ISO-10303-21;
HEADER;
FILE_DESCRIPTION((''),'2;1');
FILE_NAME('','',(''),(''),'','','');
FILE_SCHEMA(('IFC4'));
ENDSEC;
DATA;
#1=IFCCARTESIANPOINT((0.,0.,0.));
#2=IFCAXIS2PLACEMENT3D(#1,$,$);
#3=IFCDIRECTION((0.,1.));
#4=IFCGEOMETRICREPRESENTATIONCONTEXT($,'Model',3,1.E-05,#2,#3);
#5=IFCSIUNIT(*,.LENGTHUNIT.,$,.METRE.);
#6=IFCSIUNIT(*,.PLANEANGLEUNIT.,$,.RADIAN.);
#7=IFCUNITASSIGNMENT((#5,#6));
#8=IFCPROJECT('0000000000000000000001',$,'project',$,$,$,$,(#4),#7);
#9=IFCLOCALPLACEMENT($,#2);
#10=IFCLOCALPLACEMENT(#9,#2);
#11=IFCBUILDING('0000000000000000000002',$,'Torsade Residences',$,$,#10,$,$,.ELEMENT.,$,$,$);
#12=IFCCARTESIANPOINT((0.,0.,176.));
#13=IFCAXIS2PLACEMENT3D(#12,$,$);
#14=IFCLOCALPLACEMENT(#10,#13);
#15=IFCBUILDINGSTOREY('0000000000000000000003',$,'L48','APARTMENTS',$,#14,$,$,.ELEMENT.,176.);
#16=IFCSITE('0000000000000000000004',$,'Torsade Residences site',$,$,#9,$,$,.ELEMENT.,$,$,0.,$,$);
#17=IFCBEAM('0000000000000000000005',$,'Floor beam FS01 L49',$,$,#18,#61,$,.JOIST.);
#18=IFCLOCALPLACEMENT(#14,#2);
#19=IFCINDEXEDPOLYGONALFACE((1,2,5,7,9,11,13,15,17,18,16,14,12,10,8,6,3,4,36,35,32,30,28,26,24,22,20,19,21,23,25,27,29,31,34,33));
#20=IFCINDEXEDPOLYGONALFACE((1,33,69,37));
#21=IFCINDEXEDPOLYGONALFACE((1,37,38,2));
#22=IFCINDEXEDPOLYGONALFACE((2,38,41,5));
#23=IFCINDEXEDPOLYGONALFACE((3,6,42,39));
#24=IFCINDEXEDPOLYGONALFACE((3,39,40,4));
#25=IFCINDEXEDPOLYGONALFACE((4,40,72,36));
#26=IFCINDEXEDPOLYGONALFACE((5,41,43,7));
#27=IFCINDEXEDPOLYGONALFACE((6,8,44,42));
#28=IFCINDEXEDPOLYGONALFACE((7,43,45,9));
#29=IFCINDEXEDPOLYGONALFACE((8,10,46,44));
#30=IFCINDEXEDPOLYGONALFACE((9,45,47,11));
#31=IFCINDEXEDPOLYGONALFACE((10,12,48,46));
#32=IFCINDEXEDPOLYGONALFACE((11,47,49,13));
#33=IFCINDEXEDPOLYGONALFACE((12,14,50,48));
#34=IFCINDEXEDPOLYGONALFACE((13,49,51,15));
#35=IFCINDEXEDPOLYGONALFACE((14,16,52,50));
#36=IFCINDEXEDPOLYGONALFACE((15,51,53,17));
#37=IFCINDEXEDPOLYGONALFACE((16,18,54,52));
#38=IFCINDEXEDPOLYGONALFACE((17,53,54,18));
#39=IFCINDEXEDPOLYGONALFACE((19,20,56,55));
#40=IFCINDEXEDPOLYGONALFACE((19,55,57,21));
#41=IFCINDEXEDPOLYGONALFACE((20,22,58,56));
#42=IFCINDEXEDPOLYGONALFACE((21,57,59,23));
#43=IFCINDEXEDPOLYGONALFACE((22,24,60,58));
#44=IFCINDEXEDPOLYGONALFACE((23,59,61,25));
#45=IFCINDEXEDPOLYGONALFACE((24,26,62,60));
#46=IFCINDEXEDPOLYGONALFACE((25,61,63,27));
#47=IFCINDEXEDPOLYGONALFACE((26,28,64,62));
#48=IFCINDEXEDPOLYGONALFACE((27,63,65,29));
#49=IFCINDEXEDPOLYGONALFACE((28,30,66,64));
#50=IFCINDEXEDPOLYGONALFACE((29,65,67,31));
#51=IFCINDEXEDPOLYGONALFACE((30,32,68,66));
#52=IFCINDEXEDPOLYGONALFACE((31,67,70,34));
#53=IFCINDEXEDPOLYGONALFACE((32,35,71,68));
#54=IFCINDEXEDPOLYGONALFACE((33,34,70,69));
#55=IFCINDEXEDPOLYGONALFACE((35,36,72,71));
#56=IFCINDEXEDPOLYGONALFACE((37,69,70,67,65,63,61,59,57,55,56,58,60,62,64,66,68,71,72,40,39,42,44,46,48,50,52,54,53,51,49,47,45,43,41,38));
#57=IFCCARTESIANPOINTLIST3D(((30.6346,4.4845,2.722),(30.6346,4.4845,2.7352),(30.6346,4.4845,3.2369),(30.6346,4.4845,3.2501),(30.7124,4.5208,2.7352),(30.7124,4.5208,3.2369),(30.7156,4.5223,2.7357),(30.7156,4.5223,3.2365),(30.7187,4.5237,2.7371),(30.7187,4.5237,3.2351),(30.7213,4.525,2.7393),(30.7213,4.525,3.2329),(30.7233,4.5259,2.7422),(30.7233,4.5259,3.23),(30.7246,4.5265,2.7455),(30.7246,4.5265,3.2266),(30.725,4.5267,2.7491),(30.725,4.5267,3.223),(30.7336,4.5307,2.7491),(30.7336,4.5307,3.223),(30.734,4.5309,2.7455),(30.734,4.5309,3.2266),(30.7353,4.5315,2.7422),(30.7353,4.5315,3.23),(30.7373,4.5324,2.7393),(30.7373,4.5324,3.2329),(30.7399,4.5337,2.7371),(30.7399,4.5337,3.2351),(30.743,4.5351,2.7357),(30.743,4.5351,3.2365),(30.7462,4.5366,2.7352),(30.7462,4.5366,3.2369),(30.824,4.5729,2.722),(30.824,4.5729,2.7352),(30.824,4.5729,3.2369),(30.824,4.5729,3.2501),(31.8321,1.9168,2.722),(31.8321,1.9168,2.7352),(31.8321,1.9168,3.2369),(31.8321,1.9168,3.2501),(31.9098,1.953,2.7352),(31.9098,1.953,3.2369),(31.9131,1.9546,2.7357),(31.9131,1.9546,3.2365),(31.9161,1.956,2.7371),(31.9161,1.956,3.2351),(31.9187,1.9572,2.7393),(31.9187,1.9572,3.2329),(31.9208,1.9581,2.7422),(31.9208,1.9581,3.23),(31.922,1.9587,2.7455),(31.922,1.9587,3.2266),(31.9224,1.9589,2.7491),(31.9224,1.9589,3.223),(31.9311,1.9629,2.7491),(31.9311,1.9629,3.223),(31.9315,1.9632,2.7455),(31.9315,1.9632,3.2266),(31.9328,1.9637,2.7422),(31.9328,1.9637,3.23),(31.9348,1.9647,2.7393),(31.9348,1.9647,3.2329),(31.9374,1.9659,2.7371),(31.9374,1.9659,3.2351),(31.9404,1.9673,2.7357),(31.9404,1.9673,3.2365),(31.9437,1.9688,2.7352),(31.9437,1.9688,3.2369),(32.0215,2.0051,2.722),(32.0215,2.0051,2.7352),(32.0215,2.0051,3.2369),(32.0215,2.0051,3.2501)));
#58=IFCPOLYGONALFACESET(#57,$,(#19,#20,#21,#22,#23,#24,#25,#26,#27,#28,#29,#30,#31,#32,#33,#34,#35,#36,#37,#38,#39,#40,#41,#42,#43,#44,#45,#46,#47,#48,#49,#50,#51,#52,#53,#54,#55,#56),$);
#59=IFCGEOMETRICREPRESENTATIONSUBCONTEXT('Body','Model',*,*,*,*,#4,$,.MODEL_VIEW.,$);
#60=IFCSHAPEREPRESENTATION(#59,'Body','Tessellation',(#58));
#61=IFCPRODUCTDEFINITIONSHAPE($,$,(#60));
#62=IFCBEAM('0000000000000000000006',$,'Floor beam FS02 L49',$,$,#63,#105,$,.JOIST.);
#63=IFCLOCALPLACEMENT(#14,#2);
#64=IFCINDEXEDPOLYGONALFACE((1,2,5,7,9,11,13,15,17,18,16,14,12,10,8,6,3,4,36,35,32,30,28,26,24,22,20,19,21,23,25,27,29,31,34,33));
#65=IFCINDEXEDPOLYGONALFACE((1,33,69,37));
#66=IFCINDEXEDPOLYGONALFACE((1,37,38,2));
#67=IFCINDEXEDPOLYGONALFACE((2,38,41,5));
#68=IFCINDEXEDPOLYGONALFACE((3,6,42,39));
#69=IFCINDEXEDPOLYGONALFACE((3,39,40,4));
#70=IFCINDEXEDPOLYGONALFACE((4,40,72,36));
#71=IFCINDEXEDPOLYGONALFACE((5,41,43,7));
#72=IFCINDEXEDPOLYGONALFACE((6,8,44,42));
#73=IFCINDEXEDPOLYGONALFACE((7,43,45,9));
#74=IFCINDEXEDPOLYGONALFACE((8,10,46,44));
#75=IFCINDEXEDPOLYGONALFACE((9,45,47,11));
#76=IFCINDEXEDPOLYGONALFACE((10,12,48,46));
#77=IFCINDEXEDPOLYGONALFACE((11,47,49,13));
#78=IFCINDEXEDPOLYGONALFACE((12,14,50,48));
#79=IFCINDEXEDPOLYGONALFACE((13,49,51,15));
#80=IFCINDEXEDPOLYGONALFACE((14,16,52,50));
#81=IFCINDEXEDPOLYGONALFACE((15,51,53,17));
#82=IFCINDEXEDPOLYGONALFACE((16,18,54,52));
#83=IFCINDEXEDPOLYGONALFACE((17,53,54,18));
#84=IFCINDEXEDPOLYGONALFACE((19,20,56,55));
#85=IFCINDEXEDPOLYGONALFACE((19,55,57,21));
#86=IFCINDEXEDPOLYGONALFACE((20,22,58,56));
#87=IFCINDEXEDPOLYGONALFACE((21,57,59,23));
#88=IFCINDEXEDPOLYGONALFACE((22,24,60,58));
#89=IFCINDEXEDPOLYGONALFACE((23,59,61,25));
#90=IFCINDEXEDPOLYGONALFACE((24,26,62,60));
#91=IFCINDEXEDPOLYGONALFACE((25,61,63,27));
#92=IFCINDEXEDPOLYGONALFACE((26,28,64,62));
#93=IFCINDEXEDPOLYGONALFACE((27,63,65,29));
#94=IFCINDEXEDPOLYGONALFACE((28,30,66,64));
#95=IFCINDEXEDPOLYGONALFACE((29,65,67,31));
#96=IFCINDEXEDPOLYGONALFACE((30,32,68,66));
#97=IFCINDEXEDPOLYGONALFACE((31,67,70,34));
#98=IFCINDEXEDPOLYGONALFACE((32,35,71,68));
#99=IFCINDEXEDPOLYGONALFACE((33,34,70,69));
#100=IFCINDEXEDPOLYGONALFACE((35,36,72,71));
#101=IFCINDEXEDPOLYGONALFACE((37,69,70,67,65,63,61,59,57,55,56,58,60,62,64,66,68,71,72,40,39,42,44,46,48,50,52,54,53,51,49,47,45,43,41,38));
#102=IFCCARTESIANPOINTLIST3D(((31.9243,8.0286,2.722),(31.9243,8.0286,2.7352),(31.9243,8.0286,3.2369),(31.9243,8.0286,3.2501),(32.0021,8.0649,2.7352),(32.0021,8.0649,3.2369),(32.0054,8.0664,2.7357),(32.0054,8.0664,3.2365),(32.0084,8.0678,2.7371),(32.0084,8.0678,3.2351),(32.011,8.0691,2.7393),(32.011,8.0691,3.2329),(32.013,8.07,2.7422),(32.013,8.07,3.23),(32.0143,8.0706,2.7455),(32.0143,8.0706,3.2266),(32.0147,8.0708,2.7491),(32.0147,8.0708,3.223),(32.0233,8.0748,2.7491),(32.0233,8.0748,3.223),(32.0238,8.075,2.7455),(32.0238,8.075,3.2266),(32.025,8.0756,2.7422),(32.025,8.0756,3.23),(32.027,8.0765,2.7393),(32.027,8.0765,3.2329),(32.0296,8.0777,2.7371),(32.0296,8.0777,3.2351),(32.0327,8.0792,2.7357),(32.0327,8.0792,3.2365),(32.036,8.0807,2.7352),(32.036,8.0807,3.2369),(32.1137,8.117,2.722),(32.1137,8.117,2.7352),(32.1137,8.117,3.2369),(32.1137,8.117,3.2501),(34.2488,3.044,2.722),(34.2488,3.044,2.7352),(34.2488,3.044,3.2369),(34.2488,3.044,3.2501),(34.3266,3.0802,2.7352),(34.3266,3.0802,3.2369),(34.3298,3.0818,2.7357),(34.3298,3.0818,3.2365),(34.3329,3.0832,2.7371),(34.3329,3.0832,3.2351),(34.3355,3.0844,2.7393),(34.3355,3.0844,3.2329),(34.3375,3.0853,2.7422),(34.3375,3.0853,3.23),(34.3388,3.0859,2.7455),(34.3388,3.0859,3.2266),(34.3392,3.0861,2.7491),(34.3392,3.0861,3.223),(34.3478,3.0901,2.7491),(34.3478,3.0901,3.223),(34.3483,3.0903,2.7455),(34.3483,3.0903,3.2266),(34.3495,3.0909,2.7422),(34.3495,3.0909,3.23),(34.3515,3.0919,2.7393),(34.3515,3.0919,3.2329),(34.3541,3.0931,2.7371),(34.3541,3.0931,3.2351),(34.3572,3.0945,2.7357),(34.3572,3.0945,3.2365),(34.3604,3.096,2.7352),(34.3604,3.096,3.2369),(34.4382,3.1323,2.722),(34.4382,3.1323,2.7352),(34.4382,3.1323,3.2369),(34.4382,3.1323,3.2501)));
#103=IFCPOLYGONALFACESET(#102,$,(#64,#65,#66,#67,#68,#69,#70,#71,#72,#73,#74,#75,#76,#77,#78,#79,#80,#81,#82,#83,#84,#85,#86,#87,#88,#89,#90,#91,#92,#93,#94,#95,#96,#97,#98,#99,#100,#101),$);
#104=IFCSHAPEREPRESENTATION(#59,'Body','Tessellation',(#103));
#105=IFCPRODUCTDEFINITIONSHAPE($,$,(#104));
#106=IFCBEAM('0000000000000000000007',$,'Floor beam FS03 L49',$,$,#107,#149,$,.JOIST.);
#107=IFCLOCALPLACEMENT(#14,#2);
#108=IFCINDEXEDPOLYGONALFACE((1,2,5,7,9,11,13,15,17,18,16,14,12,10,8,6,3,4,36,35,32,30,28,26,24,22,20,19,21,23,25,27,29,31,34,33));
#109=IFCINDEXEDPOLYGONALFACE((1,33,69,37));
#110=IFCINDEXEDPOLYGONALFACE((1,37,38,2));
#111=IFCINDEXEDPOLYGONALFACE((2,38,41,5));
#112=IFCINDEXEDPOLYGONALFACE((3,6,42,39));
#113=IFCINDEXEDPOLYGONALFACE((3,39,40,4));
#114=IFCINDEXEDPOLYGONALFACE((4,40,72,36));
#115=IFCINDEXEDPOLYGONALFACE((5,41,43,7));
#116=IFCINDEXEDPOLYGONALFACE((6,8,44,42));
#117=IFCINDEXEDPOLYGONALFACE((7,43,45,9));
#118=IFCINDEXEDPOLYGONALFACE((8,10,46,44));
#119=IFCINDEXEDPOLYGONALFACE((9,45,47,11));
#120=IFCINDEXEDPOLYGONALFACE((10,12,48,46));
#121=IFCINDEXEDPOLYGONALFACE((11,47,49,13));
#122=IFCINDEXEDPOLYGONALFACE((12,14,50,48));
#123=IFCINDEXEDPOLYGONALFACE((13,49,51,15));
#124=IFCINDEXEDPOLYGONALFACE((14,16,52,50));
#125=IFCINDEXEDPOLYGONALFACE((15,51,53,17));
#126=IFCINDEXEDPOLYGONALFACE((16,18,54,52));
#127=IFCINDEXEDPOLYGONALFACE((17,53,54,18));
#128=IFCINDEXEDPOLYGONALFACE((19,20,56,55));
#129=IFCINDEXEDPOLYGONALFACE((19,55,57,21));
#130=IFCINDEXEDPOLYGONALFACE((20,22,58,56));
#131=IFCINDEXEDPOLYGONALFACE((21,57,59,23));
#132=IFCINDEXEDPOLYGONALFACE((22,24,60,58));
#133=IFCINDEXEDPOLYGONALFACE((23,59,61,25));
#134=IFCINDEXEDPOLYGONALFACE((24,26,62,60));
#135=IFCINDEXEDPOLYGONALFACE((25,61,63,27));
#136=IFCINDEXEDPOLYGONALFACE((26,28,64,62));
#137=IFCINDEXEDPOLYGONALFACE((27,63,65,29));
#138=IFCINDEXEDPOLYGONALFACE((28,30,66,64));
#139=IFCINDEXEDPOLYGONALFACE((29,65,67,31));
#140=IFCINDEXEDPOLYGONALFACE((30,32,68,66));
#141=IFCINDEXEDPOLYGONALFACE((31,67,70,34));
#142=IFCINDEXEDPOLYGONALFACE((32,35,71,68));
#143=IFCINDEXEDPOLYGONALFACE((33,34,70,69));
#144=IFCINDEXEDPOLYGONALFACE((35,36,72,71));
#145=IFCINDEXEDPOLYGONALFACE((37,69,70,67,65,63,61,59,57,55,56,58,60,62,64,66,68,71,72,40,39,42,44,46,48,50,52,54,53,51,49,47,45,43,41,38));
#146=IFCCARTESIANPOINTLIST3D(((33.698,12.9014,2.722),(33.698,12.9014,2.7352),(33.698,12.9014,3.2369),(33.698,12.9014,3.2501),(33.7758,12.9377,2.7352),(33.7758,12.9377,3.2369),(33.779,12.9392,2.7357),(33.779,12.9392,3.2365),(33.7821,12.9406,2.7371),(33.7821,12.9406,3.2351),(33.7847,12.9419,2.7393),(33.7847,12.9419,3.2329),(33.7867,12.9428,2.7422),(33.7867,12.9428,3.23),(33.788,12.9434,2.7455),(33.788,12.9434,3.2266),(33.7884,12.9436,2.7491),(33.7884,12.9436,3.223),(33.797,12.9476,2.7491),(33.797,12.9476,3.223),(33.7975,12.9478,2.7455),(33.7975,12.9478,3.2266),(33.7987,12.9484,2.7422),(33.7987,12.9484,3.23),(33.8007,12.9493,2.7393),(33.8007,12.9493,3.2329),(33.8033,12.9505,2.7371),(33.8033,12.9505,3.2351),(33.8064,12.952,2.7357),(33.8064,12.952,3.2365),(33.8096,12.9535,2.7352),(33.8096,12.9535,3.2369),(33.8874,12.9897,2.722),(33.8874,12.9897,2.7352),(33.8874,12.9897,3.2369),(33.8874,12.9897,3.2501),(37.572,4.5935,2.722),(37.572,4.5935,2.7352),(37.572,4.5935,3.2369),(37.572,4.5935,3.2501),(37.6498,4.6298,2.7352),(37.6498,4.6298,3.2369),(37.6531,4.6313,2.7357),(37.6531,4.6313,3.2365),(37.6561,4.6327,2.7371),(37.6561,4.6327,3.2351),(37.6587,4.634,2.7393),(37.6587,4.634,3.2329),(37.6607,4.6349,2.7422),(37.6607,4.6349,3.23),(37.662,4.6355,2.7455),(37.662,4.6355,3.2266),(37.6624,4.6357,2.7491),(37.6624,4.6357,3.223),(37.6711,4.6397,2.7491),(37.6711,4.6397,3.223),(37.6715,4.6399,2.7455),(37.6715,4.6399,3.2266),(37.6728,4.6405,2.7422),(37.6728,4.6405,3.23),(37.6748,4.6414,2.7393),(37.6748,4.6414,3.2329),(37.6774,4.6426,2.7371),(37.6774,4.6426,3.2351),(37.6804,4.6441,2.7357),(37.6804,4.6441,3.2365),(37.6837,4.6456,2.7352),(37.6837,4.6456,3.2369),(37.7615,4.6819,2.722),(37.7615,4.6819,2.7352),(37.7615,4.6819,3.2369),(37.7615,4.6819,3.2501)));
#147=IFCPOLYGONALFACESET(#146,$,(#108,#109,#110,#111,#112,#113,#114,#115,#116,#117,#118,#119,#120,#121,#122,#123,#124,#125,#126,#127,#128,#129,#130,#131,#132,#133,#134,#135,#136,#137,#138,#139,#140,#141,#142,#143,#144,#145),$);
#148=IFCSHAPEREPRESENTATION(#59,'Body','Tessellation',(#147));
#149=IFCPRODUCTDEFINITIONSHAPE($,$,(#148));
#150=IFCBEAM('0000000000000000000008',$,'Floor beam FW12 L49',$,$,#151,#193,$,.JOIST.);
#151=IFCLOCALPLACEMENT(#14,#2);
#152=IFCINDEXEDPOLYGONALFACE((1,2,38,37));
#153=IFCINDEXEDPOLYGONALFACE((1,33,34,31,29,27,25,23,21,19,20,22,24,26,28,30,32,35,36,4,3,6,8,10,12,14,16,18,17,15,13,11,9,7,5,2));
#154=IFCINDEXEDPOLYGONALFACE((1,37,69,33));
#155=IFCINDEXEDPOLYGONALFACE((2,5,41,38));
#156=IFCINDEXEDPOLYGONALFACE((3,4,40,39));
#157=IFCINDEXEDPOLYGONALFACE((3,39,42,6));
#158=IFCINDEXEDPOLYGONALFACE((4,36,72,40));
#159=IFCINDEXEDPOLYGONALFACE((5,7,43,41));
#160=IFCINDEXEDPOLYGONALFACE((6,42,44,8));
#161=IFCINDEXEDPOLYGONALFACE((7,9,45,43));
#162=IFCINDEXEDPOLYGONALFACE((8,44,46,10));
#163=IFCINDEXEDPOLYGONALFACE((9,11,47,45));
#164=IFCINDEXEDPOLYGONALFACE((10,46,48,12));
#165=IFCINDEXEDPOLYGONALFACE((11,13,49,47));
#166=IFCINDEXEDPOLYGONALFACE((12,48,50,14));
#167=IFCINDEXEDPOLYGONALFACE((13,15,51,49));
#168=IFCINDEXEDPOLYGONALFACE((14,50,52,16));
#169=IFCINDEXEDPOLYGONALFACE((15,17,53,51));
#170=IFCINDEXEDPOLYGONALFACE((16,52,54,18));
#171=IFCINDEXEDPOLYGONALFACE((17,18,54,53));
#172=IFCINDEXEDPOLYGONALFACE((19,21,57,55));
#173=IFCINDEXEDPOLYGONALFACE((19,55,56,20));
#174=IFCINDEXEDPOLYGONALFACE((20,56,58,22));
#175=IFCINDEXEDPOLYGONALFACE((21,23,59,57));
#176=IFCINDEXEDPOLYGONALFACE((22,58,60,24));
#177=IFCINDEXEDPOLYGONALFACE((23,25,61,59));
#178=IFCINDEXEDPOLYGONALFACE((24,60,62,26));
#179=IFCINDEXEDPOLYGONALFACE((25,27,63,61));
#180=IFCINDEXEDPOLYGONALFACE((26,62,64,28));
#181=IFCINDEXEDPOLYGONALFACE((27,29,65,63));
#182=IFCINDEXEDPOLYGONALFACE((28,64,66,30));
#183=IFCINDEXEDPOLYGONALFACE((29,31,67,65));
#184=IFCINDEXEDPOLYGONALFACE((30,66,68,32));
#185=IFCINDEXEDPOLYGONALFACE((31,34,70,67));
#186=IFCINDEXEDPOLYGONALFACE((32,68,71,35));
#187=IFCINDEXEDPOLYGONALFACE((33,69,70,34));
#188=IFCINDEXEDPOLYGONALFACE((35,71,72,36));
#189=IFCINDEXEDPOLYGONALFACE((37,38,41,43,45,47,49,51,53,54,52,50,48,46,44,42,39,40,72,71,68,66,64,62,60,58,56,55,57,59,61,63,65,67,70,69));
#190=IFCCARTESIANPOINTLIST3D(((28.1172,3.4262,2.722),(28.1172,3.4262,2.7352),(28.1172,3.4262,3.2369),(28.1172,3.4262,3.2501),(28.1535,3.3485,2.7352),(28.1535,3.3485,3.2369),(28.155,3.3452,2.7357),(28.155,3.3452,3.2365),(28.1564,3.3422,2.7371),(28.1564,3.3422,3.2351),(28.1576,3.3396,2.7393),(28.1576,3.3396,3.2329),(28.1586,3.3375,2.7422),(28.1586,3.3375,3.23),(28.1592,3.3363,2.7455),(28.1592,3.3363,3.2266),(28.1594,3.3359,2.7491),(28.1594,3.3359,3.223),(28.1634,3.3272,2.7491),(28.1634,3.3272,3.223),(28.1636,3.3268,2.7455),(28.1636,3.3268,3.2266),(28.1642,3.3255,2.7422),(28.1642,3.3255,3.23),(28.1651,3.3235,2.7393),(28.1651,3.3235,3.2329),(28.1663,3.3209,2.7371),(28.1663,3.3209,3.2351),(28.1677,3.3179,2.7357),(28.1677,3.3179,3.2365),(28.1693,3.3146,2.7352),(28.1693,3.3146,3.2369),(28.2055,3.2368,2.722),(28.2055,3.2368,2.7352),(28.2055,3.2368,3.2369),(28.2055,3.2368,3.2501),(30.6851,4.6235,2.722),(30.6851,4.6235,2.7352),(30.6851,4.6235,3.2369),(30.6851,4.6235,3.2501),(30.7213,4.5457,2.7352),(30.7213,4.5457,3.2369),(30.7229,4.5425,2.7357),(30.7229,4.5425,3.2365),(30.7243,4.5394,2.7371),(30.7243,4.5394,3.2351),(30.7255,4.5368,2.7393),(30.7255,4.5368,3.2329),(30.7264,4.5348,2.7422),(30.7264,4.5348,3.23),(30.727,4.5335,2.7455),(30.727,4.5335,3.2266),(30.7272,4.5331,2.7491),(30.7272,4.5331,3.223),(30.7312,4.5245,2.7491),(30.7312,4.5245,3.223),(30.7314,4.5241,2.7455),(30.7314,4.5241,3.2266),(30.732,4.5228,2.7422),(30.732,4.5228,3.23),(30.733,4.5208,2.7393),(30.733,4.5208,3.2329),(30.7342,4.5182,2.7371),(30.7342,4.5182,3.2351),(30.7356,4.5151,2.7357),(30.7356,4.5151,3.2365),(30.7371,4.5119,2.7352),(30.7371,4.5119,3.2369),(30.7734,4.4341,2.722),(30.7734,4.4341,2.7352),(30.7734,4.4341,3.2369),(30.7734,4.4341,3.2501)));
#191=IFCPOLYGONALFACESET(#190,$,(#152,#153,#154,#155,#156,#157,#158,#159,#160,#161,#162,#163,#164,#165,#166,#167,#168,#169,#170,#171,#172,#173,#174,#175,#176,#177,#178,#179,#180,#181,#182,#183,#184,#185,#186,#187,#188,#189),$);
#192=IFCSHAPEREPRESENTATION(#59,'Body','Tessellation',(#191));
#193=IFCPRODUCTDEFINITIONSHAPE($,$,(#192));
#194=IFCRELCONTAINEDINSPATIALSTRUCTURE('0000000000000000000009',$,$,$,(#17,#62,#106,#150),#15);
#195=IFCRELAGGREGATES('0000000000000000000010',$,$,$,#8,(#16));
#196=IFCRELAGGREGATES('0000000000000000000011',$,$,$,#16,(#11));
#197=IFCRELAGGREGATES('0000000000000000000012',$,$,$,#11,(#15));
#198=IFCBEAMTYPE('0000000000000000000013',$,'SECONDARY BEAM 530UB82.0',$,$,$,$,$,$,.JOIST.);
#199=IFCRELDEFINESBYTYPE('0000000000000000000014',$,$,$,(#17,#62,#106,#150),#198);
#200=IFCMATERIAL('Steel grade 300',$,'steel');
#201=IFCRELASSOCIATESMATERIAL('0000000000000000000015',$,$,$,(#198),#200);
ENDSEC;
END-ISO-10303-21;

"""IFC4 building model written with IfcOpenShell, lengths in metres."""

from ifc_helpers import new_model, si_unit, direction, frame, origin, origin_2d, place, context, subcontext, project, spatial, i_section, extrude, material, material_profile, profile_set, type_object, element, save


model = new_model("IFC4")

# Units and contexts
model_context = context("Model", 3, precision=1e-05, world=origin(), true_north=direction((0.0, 1.0)))
body_context = subcontext(model_context, "Body", "Model", "MODEL_VIEW")
ifc_project = project(units=[si_unit("LENGTHUNIT", "METRE"), si_unit("PLANEANGLEUNIT", "RADIAN")], contexts=[model_context])

# Site, building, storey
site_placement = place(None, origin())
site = spatial("IfcSite", under=ifc_project, at=site_placement, Name="Torsade Residences site", CompositionType="ELEMENT", RefElevation=0.0)
building_placement = place(site_placement, origin())
building = spatial("IfcBuilding", under=site, at=building_placement, Name="Torsade Residences", CompositionType="ELEMENT")
storey_placement = place(building_placement, frame((0.0, 0.0, 176.0)))
storey = spatial("IfcBuildingStorey", under=building, at=storey_placement, Name="L48", Description="APARTMENTS", CompositionType="ELEMENT", Elevation=176.0)

# Beams
ifc_material_1 = material(Name="Steel grade 300", Category="steel")
ifc_material_profile_1 = material_profile(ifc_material_1, i_section(OverallWidth=0.209, OverallDepth=0.5281, WebThickness=0.0095, FlangeThickness=0.0132, FilletRadius=0.0139, at=origin_2d()), Name="530UB82.0")
ifc_profile_set_1 = profile_set([ifc_material_profile_1], Name="Steel grade 300")
beam_type_1 = type_object("IfcBeamType", Name="SECONDARY BEAM 530UB82.0", PredefinedType="JOIST", material=ifc_profile_set_1)
beam_1_placement = place(storey_placement, frame((31.9268, 1.9609, 2.9861), z_axis=(-0.422645, 0.906295, 0.0), x_axis=(-0.906295, -0.422645, 0.0)))
element("IfcBeam", 1, at=beam_1_placement, inside=storey, type_object=beam_type_1, Name="Floor beam FS01 L49", PredefinedType="JOIST", context=body_context, shape_type="SweptSolid", body=[
    extrude(i_section(OverallWidth=0.209, OverallDepth=0.5281, WebThickness=0.0095, FlangeThickness=0.0132, FilletRadius=0.0139, at=origin_2d()), origin(), (0.0, 0.0, 1.0), 2.8333),
])
beam_2_placement = place(storey_placement, frame((34.3435, 3.0881, 2.9861), z_axis=(-0.422633, 0.906301, 0.0), x_axis=(-0.906301, -0.422633, 0.0)))
element("IfcBeam", 2, at=beam_2_placement, inside=storey, type_object=beam_type_1, Name="Floor beam FS02 L49", PredefinedType="JOIST", context=body_context, shape_type="SweptSolid", body=[
    extrude(i_section(OverallWidth=0.209, OverallDepth=0.5281, WebThickness=0.0095, FlangeThickness=0.0132, FilletRadius=0.0139, at=origin_2d()), origin(), (0.0, 0.0, 1.0), 5.5),
])
beam_3_placement = place(storey_placement, frame((37.6667, 4.6377, 2.9861), z_axis=(-0.422619, 0.906308, 0.0), x_axis=(-0.906308, -0.422619, 0.0)))
element("IfcBeam", 3, at=beam_3_placement, inside=storey, type_object=beam_type_1, Name="Floor beam FS03 L49", PredefinedType="JOIST", context=body_context, shape_type="SweptSolid", body=[
    extrude(i_section(OverallWidth=0.209, OverallDepth=0.5281, WebThickness=0.0095, FlangeThickness=0.0132, FilletRadius=0.0139, at=origin_2d()), origin(), (0.0, 0.0, 1.0), 9.1667),
])
beam_4_placement = place(storey_placement, frame((28.1614, 3.3315, 2.9861), z_axis=(0.906328, 0.422574, 0.0), x_axis=(-0.422574, 0.906328, 0.0)))
element("IfcBeam", 4, at=beam_4_placement, inside=storey, type_object=beam_type_1, Name="Floor beam FW12 L49", PredefinedType="JOIST", context=body_context, shape_type="SweptSolid", body=[
    extrude(i_section(OverallWidth=0.209, OverallDepth=0.5281, WebThickness=0.0095, FlangeThickness=0.0132, FilletRadius=0.0139, at=origin_2d()), origin(), (0.0, 0.0, 1.0), 2.8333),
])

save(model, "model.ifc")
